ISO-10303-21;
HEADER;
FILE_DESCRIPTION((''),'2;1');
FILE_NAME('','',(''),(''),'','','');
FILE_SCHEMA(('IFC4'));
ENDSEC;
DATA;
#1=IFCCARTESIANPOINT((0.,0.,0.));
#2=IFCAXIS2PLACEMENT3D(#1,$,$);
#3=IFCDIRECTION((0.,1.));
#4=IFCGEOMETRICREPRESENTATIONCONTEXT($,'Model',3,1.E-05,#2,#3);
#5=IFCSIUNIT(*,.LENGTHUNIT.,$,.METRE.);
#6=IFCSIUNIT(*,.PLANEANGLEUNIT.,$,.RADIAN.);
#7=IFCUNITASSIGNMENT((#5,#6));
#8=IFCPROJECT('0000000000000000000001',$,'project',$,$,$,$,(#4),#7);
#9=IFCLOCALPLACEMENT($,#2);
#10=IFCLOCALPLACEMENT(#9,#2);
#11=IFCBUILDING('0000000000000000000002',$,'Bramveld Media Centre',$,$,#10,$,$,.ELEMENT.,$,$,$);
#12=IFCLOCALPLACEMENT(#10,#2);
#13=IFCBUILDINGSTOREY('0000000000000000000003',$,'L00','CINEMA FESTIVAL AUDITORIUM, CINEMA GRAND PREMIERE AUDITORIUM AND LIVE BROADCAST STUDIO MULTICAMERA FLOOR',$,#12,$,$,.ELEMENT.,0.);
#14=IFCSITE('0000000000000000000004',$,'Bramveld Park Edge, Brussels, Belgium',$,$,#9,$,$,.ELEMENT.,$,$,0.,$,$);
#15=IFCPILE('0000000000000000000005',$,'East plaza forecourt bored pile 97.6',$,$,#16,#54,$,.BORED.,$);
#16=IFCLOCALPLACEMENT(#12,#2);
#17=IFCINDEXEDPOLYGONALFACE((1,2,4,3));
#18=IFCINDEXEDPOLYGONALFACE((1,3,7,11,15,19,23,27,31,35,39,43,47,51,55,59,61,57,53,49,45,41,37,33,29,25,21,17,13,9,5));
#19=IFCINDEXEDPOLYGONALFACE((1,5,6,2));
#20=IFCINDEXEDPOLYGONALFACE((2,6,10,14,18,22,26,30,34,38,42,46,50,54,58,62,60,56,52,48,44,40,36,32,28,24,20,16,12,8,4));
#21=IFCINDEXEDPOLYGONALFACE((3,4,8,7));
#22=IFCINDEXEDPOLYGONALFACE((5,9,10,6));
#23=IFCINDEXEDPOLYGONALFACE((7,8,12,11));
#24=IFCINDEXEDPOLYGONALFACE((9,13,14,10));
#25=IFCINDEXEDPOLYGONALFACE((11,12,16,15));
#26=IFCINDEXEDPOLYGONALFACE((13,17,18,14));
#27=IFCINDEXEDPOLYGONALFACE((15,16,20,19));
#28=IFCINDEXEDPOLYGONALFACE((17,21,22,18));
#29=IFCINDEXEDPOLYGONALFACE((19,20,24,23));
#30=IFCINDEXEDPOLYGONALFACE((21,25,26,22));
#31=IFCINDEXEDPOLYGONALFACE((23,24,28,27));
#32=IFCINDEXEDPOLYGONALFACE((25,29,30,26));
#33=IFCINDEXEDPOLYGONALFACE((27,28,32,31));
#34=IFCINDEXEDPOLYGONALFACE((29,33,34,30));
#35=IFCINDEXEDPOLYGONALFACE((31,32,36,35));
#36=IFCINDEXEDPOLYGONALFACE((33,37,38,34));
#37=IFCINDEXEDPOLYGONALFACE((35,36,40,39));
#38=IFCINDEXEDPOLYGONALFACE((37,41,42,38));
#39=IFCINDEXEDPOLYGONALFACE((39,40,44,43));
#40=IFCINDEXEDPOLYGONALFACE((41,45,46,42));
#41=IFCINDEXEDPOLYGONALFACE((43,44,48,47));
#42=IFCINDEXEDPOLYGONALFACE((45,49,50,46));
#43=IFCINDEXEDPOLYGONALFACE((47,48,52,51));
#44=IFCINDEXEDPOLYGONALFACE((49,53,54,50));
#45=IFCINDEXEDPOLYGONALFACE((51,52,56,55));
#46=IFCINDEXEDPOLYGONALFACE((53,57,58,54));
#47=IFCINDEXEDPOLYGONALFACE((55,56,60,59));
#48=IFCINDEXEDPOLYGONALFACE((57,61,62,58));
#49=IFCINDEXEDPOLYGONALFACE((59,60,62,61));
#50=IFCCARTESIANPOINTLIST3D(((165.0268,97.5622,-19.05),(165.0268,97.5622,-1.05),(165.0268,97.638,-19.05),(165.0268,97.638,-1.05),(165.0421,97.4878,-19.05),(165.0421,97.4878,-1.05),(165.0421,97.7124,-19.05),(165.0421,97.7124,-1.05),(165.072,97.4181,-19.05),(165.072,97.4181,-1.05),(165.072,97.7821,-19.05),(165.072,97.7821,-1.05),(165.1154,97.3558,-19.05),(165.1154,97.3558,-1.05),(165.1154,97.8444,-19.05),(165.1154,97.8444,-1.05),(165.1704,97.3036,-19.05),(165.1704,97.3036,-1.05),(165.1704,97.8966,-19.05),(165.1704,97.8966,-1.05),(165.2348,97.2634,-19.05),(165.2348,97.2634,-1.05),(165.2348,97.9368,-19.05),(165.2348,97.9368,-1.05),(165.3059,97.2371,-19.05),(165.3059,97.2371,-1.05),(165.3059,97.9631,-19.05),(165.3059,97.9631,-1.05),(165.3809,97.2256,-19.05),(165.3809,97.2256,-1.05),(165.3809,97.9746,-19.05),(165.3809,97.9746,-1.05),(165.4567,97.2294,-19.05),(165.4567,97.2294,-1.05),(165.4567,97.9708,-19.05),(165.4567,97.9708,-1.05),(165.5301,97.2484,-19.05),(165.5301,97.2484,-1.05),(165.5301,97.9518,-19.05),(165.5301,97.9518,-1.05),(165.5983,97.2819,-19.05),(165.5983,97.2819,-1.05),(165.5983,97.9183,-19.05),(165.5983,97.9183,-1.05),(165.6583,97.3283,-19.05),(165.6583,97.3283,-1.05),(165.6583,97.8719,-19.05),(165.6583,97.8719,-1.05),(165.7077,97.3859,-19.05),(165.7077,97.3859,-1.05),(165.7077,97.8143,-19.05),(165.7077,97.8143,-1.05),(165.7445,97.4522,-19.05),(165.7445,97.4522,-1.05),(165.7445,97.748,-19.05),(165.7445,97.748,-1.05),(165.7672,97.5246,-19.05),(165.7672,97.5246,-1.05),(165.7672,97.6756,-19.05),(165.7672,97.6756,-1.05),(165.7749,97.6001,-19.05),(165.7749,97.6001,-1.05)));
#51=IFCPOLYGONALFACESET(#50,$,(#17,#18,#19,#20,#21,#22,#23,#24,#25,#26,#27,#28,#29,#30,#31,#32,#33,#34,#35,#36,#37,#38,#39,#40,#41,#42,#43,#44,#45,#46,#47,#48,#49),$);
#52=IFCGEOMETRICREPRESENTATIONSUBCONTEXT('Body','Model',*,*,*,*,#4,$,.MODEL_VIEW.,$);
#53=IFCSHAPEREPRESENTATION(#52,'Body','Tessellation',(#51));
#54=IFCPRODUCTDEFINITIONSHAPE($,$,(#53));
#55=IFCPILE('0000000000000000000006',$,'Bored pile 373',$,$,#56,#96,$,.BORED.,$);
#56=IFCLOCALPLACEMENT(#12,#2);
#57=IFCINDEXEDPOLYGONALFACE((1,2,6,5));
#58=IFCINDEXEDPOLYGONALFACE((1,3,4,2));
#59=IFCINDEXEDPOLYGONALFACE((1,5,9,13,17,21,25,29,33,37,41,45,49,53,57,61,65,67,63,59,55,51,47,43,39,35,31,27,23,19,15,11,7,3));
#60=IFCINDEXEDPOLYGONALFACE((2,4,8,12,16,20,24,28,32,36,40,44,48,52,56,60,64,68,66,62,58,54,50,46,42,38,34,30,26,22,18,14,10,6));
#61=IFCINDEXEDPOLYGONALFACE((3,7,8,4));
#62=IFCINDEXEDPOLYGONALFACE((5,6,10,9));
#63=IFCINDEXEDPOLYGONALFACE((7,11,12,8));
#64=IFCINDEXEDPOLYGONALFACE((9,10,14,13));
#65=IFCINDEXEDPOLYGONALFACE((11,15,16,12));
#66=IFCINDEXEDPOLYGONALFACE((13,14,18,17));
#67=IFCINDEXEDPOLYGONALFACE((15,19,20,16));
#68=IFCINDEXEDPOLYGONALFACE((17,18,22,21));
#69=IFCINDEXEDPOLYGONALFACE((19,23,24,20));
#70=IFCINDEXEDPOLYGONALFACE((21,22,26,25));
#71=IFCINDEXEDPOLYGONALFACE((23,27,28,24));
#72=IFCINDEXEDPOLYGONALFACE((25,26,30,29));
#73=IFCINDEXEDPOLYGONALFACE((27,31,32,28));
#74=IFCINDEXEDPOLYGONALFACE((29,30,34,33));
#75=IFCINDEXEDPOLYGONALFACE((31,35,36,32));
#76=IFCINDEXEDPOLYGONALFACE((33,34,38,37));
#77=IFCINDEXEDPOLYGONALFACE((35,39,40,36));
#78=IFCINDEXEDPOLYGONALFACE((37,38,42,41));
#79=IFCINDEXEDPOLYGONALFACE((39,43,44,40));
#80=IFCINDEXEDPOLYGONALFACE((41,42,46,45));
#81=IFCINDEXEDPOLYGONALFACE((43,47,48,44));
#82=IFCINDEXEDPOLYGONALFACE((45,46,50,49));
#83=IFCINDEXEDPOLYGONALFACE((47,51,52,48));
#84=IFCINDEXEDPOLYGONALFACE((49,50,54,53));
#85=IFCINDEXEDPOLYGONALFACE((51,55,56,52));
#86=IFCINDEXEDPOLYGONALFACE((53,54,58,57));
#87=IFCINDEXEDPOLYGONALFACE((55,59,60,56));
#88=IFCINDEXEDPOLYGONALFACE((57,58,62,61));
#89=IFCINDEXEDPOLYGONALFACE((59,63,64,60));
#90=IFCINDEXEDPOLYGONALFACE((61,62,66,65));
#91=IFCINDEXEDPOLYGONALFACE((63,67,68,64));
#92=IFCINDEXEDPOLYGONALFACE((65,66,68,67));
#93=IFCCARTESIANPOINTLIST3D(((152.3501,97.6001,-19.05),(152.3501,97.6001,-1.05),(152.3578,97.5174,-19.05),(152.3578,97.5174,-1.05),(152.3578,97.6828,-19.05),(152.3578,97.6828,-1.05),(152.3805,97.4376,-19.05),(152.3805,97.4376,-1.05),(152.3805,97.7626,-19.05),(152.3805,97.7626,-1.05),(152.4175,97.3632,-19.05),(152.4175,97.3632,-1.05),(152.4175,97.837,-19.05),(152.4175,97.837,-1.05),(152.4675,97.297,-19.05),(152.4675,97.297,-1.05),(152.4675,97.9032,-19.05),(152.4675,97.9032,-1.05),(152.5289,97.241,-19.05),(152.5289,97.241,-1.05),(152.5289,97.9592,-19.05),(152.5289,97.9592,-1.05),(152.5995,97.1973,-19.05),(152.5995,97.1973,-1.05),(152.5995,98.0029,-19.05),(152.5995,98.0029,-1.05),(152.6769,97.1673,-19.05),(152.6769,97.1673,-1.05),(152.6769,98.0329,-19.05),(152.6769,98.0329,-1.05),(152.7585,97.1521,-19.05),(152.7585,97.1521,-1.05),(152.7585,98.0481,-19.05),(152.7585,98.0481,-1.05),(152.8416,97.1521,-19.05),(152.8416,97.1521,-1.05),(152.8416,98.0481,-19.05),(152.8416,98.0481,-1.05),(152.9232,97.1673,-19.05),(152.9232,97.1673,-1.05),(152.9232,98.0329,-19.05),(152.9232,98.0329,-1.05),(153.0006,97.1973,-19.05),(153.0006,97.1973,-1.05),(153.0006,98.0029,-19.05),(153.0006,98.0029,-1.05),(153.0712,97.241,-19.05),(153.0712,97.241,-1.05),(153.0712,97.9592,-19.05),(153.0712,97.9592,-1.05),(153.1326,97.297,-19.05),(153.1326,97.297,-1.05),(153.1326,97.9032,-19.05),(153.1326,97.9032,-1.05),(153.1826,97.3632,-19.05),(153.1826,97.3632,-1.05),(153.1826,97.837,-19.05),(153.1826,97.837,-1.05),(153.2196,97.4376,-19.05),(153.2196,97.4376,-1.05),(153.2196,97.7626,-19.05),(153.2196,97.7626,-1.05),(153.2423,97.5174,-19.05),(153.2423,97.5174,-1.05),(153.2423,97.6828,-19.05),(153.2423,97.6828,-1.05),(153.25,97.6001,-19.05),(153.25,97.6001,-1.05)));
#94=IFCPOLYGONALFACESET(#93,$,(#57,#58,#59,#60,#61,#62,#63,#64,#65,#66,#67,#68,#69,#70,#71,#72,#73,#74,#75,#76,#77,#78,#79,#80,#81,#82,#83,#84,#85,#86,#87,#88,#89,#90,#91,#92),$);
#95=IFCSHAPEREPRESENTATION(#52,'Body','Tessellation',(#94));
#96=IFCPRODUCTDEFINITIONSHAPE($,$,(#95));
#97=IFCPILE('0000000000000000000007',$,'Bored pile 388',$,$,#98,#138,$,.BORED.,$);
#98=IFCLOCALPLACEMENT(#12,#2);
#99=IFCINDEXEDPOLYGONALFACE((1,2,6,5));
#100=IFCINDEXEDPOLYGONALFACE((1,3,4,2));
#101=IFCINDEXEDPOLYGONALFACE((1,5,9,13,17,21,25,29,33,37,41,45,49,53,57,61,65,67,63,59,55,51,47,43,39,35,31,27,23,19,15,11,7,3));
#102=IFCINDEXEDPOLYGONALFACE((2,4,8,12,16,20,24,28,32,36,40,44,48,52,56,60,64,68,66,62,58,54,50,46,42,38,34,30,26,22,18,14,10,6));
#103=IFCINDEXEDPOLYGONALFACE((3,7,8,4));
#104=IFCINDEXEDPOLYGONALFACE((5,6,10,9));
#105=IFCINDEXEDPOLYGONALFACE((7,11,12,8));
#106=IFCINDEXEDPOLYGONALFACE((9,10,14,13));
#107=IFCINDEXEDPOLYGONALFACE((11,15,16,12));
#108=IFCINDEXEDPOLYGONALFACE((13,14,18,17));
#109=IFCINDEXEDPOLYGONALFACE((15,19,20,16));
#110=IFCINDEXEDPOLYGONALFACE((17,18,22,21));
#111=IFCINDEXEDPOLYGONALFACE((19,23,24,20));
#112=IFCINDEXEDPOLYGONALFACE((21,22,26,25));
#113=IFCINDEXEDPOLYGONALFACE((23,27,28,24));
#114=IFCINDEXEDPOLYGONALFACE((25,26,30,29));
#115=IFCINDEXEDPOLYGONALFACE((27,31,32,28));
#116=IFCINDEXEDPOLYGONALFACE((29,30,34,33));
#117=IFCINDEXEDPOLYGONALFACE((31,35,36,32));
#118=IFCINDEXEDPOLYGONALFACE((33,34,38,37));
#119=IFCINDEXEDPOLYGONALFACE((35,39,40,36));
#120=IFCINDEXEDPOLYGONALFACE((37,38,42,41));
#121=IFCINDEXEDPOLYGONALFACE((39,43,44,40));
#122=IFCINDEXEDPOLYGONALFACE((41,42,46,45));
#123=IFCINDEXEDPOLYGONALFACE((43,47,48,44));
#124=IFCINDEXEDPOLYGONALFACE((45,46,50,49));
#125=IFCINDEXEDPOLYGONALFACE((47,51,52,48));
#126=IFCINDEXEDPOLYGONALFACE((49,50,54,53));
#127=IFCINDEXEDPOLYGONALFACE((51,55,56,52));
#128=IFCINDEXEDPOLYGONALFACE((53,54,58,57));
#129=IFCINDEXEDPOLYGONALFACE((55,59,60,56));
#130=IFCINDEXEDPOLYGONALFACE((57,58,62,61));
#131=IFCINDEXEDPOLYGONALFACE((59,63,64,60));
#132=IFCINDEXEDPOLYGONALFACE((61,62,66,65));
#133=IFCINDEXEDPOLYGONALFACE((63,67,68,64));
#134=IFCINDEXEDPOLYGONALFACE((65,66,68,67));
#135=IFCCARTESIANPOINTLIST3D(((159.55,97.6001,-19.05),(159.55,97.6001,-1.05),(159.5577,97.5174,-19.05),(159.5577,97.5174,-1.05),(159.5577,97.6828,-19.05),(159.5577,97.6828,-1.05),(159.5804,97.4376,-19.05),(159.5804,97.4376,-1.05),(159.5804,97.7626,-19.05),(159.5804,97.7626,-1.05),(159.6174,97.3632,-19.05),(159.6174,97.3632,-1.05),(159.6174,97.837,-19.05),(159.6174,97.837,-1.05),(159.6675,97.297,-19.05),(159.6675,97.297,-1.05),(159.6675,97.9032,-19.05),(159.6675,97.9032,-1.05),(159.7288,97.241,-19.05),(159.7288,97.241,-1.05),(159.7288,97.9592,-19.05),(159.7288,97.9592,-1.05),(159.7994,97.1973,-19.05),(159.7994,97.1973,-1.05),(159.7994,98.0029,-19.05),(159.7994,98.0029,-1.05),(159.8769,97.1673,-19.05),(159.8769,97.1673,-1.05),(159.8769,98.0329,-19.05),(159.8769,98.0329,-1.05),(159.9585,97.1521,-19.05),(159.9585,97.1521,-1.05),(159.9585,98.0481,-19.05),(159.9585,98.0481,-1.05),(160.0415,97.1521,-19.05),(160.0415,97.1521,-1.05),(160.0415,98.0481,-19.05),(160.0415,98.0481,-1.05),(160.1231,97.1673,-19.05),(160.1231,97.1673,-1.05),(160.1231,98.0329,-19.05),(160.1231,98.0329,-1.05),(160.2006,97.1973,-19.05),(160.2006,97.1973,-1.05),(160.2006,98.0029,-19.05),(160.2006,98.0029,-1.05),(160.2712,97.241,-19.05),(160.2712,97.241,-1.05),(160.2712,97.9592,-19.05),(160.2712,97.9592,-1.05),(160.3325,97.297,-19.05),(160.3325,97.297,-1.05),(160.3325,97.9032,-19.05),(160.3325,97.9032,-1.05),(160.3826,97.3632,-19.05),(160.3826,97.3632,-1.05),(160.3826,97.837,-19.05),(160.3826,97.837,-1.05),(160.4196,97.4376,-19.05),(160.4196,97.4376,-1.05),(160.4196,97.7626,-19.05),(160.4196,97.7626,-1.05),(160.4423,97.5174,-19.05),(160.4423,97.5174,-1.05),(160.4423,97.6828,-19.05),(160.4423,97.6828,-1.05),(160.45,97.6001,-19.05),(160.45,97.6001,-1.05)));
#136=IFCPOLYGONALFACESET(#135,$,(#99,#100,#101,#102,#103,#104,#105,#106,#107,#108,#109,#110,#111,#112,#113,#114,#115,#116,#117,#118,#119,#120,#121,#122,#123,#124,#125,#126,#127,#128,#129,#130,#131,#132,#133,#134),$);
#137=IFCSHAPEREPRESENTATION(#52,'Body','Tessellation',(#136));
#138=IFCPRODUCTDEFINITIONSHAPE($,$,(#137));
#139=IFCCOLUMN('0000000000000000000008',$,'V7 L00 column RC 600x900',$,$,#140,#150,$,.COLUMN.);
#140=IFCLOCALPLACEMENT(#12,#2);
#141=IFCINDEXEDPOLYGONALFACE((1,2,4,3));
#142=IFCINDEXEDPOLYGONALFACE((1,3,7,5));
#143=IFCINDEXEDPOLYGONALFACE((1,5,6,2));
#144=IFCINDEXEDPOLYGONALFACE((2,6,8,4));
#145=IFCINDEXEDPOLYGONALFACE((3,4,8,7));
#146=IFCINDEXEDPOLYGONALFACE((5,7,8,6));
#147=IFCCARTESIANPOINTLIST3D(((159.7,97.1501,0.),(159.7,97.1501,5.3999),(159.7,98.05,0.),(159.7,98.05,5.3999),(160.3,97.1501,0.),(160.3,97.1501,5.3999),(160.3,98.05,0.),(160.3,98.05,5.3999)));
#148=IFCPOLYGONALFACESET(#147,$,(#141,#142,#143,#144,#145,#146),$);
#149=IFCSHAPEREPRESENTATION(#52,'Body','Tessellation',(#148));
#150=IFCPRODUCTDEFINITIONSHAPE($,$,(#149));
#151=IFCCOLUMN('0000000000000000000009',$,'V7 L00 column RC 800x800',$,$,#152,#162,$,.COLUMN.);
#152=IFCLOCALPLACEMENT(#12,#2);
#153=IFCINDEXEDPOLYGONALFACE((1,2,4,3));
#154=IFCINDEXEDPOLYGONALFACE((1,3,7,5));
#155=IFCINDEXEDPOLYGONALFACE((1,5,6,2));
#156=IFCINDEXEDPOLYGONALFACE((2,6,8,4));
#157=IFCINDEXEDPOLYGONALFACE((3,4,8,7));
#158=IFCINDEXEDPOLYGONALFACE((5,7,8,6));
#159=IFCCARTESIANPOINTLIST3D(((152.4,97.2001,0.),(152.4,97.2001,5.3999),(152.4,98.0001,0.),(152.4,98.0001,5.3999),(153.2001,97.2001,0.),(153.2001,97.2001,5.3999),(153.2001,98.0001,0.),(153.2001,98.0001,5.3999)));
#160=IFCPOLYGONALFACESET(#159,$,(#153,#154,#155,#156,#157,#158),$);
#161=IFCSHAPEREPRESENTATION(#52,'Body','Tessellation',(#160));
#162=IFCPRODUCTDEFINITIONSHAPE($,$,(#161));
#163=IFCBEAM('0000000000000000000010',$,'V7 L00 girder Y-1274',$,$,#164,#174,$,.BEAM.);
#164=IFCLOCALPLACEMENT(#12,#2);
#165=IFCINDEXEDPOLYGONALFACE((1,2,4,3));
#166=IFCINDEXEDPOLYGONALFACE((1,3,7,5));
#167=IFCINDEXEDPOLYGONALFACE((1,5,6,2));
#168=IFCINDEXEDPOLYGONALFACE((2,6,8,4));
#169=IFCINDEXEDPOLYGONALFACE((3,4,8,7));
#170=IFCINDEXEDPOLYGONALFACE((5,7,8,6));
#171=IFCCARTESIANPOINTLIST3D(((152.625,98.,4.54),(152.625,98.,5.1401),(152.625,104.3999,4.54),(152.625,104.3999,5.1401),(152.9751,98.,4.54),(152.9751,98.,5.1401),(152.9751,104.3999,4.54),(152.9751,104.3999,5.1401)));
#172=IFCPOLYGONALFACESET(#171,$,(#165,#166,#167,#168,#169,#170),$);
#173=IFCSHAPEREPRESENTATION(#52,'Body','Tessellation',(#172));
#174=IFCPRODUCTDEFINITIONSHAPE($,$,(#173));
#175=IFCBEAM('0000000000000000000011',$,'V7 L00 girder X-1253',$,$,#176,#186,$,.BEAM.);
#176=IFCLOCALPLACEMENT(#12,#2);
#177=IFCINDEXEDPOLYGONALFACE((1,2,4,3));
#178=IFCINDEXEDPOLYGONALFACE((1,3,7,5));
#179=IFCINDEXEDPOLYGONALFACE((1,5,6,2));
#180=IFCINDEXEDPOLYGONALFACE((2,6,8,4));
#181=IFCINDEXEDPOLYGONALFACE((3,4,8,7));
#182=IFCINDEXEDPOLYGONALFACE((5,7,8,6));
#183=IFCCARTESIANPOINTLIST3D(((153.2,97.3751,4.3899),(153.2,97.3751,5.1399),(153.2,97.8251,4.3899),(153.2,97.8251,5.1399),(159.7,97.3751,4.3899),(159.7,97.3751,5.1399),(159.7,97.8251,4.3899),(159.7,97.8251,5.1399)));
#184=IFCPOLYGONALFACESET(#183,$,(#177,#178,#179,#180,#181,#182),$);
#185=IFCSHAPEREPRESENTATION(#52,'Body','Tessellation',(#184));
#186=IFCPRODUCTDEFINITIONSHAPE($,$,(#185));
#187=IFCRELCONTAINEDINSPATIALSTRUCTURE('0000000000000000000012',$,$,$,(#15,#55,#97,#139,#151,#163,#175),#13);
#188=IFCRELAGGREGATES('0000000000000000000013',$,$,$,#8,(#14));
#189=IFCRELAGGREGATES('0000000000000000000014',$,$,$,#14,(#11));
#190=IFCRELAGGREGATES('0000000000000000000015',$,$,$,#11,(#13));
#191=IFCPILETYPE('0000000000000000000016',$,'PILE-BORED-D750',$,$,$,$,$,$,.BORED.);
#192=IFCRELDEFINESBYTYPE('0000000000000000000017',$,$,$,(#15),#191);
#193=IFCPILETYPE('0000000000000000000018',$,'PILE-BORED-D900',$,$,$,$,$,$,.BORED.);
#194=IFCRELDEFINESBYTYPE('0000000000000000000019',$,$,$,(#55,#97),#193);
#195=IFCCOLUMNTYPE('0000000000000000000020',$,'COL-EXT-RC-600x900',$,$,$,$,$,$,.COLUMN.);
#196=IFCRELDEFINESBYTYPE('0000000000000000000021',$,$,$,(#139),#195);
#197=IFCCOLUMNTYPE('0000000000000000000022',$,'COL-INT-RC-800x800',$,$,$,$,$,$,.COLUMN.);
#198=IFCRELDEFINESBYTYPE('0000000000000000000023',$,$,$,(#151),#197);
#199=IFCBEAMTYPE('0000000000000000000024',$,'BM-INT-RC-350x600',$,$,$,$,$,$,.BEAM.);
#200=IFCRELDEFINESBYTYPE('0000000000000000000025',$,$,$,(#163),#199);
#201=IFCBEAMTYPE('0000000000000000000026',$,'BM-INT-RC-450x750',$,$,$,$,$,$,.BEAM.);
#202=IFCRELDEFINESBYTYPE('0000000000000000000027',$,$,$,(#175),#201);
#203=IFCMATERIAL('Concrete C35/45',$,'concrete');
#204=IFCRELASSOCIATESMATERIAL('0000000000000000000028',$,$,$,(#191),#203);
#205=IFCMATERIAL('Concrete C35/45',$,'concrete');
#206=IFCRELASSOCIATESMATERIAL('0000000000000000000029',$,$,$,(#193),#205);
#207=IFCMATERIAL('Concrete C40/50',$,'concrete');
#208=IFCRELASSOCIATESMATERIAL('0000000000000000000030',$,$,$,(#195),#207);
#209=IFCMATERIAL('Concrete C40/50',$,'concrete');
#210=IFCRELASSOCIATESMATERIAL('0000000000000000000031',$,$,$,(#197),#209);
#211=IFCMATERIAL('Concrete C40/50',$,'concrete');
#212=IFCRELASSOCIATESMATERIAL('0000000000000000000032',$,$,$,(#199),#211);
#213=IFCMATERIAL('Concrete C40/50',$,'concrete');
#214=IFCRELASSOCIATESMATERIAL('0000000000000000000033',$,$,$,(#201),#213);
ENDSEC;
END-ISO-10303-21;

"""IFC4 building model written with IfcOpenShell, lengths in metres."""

from ifc_helpers import new_model, si_unit, direction, frame, origin, origin_2d, place, context, subcontext, project, spatial, rectangle, circle, extrude, material, material_profile, profile_set, type_object, element, save


model = new_model("IFC4")

# Units and contexts
model_context = context("Model", 3, precision=1e-05, world=origin(), true_north=direction((0.0, 1.0)))
body_context = subcontext(model_context, "Body", "Model", "MODEL_VIEW")
ifc_project = project(units=[si_unit("LENGTHUNIT", "METRE"), si_unit("PLANEANGLEUNIT", "RADIAN")], contexts=[model_context])

# Site, building, storey
site_placement = place(None, origin())
site = spatial("IfcSite", under=ifc_project, at=site_placement, Name="Bramveld Park Edge, Brussels, Belgium", CompositionType="ELEMENT", RefElevation=0.0)
building_placement = place(site_placement, origin())
building = spatial("IfcBuilding", under=site, at=building_placement, Name="Bramveld Media Centre", CompositionType="ELEMENT")
storey_placement = place(building_placement, origin())
storey = spatial("IfcBuildingStorey", under=building, at=storey_placement, Name="L00", Description="CINEMA FESTIVAL AUDITORIUM, CINEMA GRAND PREMIERE AUDITORIUM AND LIVE BROADCAST STUDIO MULTICAMERA FLOOR", CompositionType="ELEMENT", Elevation=0.0)

# Piles
ifc_material_1 = material(Name="Concrete C35/45", Category="concrete")
ifc_material_profile_1 = material_profile(ifc_material_1, circle(Radius=0.375, at=origin_2d()), Name="BORED D750")
ifc_profile_set_1 = profile_set([ifc_material_profile_1], Name="Concrete C35/45")
pile_type_1 = type_object("IfcPileType", Name="PILE-BORED-D750", PredefinedType="BORED", material=ifc_profile_set_1)
pile_1_placement = place(storey_placement, frame((165.3999, 97.6001, -1.05), z_axis=(0.0, 0.0, -1.0), x_axis=(1.0, 0.0, 0.0)))
element("IfcPile", 1, at=pile_1_placement, inside=storey, type_object=pile_type_1, Name="East plaza forecourt bored pile 97.6", PredefinedType="BORED", context=body_context, shape_type="SweptSolid", body=[
    extrude(circle(Radius=0.375, at=origin_2d()), origin(), (0.0, 0.0, 1.0), 18.0),
])
ifc_material_2 = material(Name="Concrete C35/45", Category="concrete")
ifc_material_profile_2 = material_profile(ifc_material_2, circle(Radius=0.45, at=origin_2d()), Name="BORED D900")
ifc_profile_set_2 = profile_set([ifc_material_profile_2], Name="Concrete C35/45")
pile_type_2 = type_object("IfcPileType", Name="PILE-BORED-D900", PredefinedType="BORED", material=ifc_profile_set_2)
for number, where, z_axis, x_axis, name in (
    (2, (152.8, 97.6001, -1.05), (0.0, 0.0, -1.0), (1.0, 0.0, 0.0), "Bored pile 373"),
    (3, (160.0, 97.6001, -1.05), (0.0, 0.0, -1.0), (1.0, 0.0, 0.0), "Bored pile 388"),
):
    element("IfcPile", number, at=place(storey_placement, frame(where, z_axis=z_axis, x_axis=x_axis)), inside=storey, type_object=pile_type_2, Name=name, PredefinedType="BORED", context=body_context, shape_type="SweptSolid", body=[
        extrude(circle(Radius=0.45, at=origin_2d()), origin(), (0.0, 0.0, 1.0), 18.0),
    ])

# Columns
ifc_material_3 = material(Name="Concrete C40/50", Category="concrete")
ifc_material_profile_3 = material_profile(ifc_material_3, rectangle(XDim=0.6001, YDim=0.8999, at=origin_2d()), Name="RC 600x900")
ifc_profile_set_3 = profile_set([ifc_material_profile_3], Name="Concrete C40/50")
column_type_1 = type_object("IfcColumnType", Name="COL-EXT-RC-600x900", PredefinedType="COLUMN", material=ifc_profile_set_3)
column_1_placement = place(storey_placement, frame((160.0, 97.6001, 0.0), z_axis=(0.0, 0.0, 1.0), x_axis=(1.0, 0.0, 0.0)))
element("IfcColumn", 4, at=column_1_placement, inside=storey, type_object=column_type_1, Name="V7 L00 column RC 600x900", PredefinedType="COLUMN", context=body_context, shape_type="SweptSolid", body=[
    extrude(rectangle(XDim=0.6001, YDim=0.8999, at=origin_2d()), origin(), (0.0, 0.0, 1.0), 5.3999),
])
ifc_material_4 = material(Name="Concrete C40/50", Category="concrete")
ifc_material_profile_4 = material_profile(ifc_material_4, rectangle(XDim=0.8, YDim=0.8, at=origin_2d()), Name="RC 800x800")
ifc_profile_set_4 = profile_set([ifc_material_profile_4], Name="Concrete C40/50")
column_type_2 = type_object("IfcColumnType", Name="COL-INT-RC-800x800", PredefinedType="COLUMN", material=ifc_profile_set_4)
column_2_placement = place(storey_placement, frame((152.8, 97.6001, 0.0), z_axis=(0.0, 0.0, 1.0), x_axis=(1.0, 0.0, 0.0)))
element("IfcColumn", 5, at=column_2_placement, inside=storey, type_object=column_type_2, Name="V7 L00 column RC 800x800", PredefinedType="COLUMN", context=body_context, shape_type="SweptSolid", body=[
    extrude(rectangle(XDim=0.8, YDim=0.8, at=origin_2d()), origin(), (0.0, 0.0, 1.0), 5.3999),
])

# Beams
ifc_material_5 = material(Name="Concrete C40/50", Category="concrete")
ifc_material_profile_5 = material_profile(ifc_material_5, rectangle(XDim=0.3501, YDim=0.6001, at=origin_2d()), Name="RC 350x600")
ifc_profile_set_5 = profile_set([ifc_material_profile_5], Name="Concrete C40/50")
beam_type_1 = type_object("IfcBeamType", Name="BM-INT-RC-350x600", PredefinedType="BEAM", material=ifc_profile_set_5)
beam_1_placement = place(storey_placement, frame((152.8, 98.0, 4.8401), z_axis=(0.0, 1.0, 0.0), x_axis=(-1.0, 0.0, 0.0)))
element("IfcBeam", 6, at=beam_1_placement, inside=storey, type_object=beam_type_1, Name="V7 L00 girder Y-1274", PredefinedType="BEAM", context=body_context, shape_type="SweptSolid", body=[
    extrude(rectangle(XDim=0.3501, YDim=0.6001, at=origin_2d()), origin(), (0.0, 0.0, 1.0), 6.3999),
])
ifc_material_6 = material(Name="Concrete C40/50", Category="concrete")
ifc_material_profile_6 = material_profile(ifc_material_6, rectangle(XDim=0.45, YDim=0.75, at=origin_2d()), Name="RC 450x750")
ifc_profile_set_6 = profile_set([ifc_material_profile_6], Name="Concrete C40/50")
beam_type_2 = type_object("IfcBeamType", Name="BM-INT-RC-450x750", PredefinedType="BEAM", material=ifc_profile_set_6)
beam_2_placement = place(storey_placement, frame((153.2, 97.6001, 4.7649), z_axis=(1.0, 0.0, 0.0), x_axis=(0.0, 1.0, 0.0)))
element("IfcBeam", 7, at=beam_2_placement, inside=storey, type_object=beam_type_2, Name="V7 L00 girder X-1253", PredefinedType="BEAM", context=body_context, shape_type="SweptSolid", body=[
    extrude(rectangle(XDim=0.45, YDim=0.75, at=origin_2d()), origin(), (0.0, 0.0, 1.0), 6.5),
])

save(model, "model.ifc")
